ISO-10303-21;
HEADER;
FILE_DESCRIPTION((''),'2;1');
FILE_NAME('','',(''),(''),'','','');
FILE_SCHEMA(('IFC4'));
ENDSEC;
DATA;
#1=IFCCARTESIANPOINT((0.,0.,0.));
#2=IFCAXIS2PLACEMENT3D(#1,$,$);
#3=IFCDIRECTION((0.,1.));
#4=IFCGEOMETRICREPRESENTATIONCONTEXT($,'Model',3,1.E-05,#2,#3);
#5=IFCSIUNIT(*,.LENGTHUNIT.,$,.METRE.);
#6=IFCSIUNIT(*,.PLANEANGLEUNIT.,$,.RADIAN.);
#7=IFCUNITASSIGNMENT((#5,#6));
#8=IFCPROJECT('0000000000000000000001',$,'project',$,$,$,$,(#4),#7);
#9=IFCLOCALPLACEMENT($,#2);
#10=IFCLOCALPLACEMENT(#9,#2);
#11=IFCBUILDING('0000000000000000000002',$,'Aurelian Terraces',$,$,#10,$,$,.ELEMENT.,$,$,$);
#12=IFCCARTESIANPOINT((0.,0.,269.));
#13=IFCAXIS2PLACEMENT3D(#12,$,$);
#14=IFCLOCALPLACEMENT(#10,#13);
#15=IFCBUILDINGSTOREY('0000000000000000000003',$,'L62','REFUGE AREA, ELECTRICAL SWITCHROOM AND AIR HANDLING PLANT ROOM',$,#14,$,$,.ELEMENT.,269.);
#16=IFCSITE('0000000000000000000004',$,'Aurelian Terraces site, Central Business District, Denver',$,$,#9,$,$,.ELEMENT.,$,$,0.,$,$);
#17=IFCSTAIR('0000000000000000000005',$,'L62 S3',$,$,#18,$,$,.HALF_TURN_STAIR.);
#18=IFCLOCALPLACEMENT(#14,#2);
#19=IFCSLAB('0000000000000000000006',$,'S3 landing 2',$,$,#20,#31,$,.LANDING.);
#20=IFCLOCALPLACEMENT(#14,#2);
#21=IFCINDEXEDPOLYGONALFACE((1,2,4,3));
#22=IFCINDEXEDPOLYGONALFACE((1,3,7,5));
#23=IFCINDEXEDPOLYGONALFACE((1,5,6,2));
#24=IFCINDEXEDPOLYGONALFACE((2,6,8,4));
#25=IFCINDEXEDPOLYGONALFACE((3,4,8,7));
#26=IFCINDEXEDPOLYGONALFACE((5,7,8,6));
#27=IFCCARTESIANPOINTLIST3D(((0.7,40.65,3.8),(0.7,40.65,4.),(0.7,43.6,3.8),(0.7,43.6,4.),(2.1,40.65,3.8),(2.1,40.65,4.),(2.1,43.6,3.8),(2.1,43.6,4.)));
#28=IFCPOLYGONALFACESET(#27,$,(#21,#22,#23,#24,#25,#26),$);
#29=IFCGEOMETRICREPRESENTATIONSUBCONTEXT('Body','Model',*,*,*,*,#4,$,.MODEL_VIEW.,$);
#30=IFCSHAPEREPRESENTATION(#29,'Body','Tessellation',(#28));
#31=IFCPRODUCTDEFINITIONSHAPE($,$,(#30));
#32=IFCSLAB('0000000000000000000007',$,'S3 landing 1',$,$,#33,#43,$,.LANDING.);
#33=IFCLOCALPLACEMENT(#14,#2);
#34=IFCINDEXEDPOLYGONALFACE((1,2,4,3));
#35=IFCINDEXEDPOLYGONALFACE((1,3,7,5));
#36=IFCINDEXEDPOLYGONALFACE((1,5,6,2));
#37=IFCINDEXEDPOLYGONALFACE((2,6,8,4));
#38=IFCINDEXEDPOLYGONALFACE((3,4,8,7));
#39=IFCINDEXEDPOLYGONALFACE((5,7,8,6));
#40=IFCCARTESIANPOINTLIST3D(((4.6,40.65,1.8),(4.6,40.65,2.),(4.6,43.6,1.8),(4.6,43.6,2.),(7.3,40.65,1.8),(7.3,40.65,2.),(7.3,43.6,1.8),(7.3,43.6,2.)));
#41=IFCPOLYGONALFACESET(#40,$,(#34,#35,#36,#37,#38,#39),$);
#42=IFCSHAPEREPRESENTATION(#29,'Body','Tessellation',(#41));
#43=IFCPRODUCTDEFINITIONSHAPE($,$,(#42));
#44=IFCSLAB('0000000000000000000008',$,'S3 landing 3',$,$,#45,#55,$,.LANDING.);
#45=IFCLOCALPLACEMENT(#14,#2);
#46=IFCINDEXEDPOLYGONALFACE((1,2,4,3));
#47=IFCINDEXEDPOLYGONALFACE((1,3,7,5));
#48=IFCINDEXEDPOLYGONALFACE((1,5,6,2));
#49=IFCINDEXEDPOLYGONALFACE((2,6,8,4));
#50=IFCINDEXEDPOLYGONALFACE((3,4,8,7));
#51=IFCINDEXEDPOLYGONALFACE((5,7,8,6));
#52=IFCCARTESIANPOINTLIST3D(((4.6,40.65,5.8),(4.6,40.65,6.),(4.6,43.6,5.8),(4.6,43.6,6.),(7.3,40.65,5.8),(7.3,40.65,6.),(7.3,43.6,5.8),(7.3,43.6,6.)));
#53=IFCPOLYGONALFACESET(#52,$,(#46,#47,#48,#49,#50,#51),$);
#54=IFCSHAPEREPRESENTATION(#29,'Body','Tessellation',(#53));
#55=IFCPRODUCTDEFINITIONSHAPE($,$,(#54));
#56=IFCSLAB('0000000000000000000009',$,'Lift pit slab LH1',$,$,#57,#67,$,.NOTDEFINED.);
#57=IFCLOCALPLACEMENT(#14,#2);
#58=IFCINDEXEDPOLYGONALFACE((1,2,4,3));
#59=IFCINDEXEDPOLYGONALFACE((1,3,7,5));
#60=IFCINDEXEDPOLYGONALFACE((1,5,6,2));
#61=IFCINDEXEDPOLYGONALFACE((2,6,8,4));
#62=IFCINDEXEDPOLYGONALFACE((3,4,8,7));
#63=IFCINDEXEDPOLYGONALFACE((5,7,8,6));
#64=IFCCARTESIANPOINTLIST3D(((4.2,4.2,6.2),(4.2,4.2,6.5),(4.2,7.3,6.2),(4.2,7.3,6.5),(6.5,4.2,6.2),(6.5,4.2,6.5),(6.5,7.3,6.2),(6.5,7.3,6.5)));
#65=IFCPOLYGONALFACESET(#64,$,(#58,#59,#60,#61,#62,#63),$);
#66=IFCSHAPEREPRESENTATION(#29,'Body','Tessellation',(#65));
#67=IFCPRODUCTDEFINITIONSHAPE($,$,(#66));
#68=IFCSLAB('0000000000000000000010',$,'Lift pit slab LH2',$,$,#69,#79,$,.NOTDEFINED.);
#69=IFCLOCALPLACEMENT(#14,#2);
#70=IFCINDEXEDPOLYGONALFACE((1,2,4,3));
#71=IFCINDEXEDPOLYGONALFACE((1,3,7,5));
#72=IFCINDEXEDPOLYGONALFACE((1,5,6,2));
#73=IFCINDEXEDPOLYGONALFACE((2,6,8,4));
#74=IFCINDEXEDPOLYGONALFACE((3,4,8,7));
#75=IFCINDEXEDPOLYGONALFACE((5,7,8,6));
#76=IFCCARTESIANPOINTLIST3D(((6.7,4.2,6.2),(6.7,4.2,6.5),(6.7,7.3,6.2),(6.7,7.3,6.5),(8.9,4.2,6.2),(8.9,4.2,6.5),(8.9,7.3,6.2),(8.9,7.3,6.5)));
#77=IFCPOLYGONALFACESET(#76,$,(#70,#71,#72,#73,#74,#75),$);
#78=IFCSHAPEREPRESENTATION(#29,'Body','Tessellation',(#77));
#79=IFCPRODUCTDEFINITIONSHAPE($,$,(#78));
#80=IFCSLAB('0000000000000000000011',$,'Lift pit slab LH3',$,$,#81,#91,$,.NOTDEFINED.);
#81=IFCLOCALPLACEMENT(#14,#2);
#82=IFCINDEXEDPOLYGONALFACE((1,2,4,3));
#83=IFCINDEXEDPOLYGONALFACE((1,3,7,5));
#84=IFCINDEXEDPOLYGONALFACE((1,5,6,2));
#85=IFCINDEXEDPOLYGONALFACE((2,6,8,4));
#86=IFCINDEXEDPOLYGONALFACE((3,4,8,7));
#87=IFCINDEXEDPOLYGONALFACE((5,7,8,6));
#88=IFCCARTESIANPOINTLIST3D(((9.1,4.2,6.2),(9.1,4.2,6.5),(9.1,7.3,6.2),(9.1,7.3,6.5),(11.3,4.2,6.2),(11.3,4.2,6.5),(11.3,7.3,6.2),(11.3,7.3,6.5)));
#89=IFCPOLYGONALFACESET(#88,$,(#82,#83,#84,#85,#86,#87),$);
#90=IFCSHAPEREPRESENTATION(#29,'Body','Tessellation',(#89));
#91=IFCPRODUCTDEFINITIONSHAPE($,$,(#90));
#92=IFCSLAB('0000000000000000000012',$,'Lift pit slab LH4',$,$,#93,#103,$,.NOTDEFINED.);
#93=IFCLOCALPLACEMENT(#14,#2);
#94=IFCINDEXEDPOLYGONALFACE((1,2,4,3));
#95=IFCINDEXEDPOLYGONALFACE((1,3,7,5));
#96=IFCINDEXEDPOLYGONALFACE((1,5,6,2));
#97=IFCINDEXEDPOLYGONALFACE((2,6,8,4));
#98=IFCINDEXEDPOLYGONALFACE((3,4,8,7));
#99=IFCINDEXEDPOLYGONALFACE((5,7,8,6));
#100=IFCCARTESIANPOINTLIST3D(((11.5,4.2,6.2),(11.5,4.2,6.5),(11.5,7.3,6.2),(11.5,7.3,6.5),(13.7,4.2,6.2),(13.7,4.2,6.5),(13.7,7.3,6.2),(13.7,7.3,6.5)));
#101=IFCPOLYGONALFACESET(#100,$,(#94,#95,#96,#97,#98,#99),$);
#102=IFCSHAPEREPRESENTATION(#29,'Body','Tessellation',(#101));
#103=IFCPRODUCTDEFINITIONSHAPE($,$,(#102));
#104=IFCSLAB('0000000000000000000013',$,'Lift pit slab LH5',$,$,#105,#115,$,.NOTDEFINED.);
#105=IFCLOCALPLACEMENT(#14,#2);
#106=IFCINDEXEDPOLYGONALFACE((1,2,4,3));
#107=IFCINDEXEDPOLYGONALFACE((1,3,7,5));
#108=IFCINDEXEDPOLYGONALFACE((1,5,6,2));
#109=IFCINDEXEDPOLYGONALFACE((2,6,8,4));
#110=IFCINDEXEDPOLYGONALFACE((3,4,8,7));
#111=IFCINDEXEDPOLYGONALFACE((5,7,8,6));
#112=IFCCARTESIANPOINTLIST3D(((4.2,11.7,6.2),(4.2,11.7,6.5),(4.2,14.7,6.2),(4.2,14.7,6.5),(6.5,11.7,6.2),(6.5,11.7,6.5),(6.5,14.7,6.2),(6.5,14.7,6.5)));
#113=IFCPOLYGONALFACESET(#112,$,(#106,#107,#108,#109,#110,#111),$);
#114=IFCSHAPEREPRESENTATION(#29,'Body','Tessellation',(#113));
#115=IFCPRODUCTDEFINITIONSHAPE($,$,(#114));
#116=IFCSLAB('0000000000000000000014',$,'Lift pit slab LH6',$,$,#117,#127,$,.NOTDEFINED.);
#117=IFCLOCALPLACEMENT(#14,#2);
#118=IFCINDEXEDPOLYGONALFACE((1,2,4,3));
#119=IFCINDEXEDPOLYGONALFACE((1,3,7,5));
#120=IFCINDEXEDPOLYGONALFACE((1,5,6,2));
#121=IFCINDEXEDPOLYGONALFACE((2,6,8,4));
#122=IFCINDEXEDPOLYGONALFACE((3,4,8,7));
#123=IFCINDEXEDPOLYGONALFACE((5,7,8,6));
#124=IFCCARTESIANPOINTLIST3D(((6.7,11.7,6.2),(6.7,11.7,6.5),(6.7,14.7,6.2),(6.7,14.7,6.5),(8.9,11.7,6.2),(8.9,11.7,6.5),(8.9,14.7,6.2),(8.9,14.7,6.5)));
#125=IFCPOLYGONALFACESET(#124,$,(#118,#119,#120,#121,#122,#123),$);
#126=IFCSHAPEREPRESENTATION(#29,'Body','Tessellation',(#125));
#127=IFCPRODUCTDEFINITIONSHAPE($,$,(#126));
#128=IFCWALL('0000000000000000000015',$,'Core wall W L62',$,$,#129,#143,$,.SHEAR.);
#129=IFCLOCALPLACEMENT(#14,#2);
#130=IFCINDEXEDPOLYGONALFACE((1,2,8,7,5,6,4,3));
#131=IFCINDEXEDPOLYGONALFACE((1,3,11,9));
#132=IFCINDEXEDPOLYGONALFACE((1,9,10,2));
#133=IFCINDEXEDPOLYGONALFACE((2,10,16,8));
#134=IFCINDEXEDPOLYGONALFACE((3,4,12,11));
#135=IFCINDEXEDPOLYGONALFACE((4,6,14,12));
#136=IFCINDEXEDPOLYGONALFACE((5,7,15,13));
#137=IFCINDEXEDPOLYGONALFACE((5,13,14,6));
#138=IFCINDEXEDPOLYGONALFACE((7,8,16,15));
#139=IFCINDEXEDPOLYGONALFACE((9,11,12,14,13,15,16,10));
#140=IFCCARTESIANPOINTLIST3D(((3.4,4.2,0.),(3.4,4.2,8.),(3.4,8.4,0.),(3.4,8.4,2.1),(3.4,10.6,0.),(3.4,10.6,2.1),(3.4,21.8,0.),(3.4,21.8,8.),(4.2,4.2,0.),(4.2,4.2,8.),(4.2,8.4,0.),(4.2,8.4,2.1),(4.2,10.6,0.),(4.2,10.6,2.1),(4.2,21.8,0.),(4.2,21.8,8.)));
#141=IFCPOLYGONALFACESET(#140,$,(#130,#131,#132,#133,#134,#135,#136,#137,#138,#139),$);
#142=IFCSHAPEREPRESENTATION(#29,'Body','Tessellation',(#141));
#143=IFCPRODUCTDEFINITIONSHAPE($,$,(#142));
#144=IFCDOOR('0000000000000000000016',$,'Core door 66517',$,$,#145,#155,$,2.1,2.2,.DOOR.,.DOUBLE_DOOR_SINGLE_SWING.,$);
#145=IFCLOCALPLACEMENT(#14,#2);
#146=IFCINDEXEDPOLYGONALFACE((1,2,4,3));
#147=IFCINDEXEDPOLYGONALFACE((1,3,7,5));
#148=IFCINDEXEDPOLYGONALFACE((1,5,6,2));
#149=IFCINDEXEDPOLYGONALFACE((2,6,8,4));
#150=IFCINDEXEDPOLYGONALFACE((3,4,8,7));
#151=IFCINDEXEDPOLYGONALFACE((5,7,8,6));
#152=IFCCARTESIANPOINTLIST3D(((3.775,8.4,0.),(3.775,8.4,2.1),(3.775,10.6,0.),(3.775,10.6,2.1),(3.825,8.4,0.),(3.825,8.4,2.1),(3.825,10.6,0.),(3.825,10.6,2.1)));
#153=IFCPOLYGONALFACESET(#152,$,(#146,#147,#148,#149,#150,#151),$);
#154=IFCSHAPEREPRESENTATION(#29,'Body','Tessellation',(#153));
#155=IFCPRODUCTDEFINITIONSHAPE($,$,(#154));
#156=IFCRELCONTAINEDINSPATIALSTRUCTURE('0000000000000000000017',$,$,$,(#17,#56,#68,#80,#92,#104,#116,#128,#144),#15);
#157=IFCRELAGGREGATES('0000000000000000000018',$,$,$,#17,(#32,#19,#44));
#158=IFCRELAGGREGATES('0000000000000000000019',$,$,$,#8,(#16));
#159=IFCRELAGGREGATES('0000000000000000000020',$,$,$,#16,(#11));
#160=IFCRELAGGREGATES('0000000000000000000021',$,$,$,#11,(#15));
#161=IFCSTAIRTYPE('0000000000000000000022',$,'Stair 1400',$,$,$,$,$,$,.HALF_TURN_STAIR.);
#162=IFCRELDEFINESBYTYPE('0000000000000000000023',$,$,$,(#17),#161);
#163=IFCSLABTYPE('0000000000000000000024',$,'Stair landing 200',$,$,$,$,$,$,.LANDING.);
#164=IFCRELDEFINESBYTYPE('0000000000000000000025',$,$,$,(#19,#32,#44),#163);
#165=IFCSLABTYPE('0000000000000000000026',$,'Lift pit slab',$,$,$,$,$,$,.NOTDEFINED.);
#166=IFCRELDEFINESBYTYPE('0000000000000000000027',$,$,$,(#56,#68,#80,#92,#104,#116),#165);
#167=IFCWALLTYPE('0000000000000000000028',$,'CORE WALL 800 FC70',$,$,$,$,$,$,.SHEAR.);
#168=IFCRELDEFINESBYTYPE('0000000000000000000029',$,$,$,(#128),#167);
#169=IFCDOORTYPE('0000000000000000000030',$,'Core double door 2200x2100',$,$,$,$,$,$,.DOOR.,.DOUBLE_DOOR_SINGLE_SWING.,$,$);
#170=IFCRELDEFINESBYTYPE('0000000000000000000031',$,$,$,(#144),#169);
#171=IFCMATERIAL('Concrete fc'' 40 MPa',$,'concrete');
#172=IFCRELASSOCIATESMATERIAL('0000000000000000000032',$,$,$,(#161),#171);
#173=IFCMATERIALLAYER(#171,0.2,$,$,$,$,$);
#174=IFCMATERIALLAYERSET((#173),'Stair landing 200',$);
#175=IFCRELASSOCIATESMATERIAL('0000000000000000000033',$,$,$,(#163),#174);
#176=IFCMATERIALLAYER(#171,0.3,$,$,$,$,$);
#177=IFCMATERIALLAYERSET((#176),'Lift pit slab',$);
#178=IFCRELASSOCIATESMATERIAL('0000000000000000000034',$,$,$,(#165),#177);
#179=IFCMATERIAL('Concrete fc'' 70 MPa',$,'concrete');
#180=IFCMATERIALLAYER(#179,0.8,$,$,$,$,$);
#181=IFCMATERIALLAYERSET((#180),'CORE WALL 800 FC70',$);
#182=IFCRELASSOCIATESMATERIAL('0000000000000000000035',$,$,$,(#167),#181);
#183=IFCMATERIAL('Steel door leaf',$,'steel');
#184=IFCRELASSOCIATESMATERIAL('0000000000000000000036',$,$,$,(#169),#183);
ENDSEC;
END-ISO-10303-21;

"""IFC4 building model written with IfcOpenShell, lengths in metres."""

from ifc_helpers import new_model, si_unit, direction, frame, frame_2d, origin, place, context, subcontext, project, spatial, polyline, rectangle, outline, extrude, source, transform, mapped, material, layer, layer_set, type_object, element, fill, aggregate, save


model = new_model("IFC4")

# Units and contexts
model_context = context("Model", 3, precision=1e-05, world=origin(), true_north=direction((0.0, 1.0)))
body_context = subcontext(model_context, "Body", "Model", "MODEL_VIEW")
ifc_project = project(units=[si_unit("LENGTHUNIT", "METRE"), si_unit("PLANEANGLEUNIT", "RADIAN")], contexts=[model_context])

# Site, building, storey
site_placement = place(None, origin())
site = spatial("IfcSite", under=ifc_project, at=site_placement, Name="Aurelian Terraces site, Central Business District, Denver", CompositionType="ELEMENT", RefElevation=0.0)
building_placement = place(site_placement, origin())
building = spatial("IfcBuilding", under=site, at=building_placement, Name="Aurelian Terraces", CompositionType="ELEMENT")
storey_placement = place(building_placement, frame((0.0, 0.0, 269.0)))
storey = spatial("IfcBuildingStorey", under=building, at=storey_placement, Name="L62", Description="REFUGE AREA, ELECTRICAL SWITCHROOM AND AIR HANDLING PLANT ROOM", CompositionType="ELEMENT", Elevation=269.0)

# Shared definitions
ifc_material_1 = material(Name="Concrete fc' 70 MPa", Category="concrete")

# Shared definitions
ifc_material_2 = material(Name="Concrete fc' 40 MPa", Category="concrete")

# Stair, slabs
stair_type = type_object("IfcStairType", Name="Stair 1400", PredefinedType="HALF_TURN_STAIR", material=ifc_material_2)
ifc_layer_1 = layer(ifc_material_2, 0.2)
ifc_layer_set_1 = layer_set([ifc_layer_1], Name="Stair landing 200")
slab_type_1 = type_object("IfcSlabType", Name="Stair landing 200", PredefinedType="LANDING", material=ifc_layer_set_1)
stair_1_placement = place(storey_placement, origin())
stair_1 = element("IfcStair", 1, at=stair_1_placement, inside=storey, type_object=stair_type, Name="L62 S3", PredefinedType="HALF_TURN_STAIR")
shared_shape_1 = source(origin(), body_context, "Body", "SweptSolid", [
    extrude(outline(polyline([(0.7, 40.65), (2.1, 40.65), (2.1, 43.6), (0.7, 43.6), (0.7, 40.65)])), origin(), (0.0, 0.0, 1.0), 0.2),
])
slab_1_placement = place(storey_placement, frame((0.0, 0.0, 3.8)))
slab_1 = element("IfcSlab", 2, at=slab_1_placement, type_object=slab_type_1, Name="S3 landing 2", PredefinedType="LANDING", context=body_context, shape_type="MappedRepresentation", body=[
    mapped(shared_shape_1, transform((0.0, 0.0, 0.0), scale=1.0)),
])
shared_shape_2 = source(origin(), body_context, "Body", "SweptSolid", [
    extrude(outline(polyline([(4.6, 40.65), (7.3, 40.65), (7.3, 43.6), (4.6, 43.6), (4.6, 40.65)])), origin(), (0.0, 0.0, 1.0), 0.2),
])
slab_2_placement = place(storey_placement, frame((0.0, 0.0, 1.8)))
slab_2 = element("IfcSlab", 3, at=slab_2_placement, type_object=slab_type_1, Name="S3 landing 1", PredefinedType="LANDING", context=body_context, shape_type="MappedRepresentation", body=[
    mapped(shared_shape_2, transform((0.0, 0.0, 0.0), scale=1.0)),
])
slab_3_placement = place(storey_placement, frame((0.0, 0.0, 5.8)))
slab_3 = element("IfcSlab", 4, at=slab_3_placement, type_object=slab_type_1, Name="S3 landing 3", PredefinedType="LANDING", context=body_context, shape_type="MappedRepresentation", body=[
    mapped(shared_shape_2, transform((0.0, 0.0, 0.0), scale=1.0)),
])
aggregate(stair_1, [slab_2, slab_1, slab_3])

# Slabs
ifc_layer_2 = layer(ifc_material_2, 0.3)
ifc_layer_set_2 = layer_set([ifc_layer_2], Name="Lift pit slab")
slab_type_2 = type_object("IfcSlabType", Name="Lift pit slab", PredefinedType="NOTDEFINED", material=ifc_layer_set_2)
shared_shape_3 = source(origin(), body_context, "Body", "SweptSolid", [
    extrude(outline(polyline([(4.2, 4.2), (6.5, 4.2), (6.5, 7.3), (4.2, 7.3), (4.2, 4.2)])), origin(), (0.0, 0.0, 1.0), 0.3),
])
slab_4_placement = place(storey_placement, frame((0.0, 0.0, 6.2)))
element("IfcSlab", 5, at=slab_4_placement, inside=storey, type_object=slab_type_2, Name="Lift pit slab LH1", PredefinedType="NOTDEFINED", context=body_context, shape_type="MappedRepresentation", body=[
    mapped(shared_shape_3, transform((0.0, 0.0, 0.0), scale=1.0)),
])
shared_shape_4 = source(origin(), body_context, "Body", "SweptSolid", [
    extrude(outline(polyline([(6.7, 4.2), (8.9, 4.2), (8.9, 7.3), (6.7, 7.3), (6.7, 4.2)])), origin(), (0.0, 0.0, 1.0), 0.3),
])
slab_5_placement = place(storey_placement, frame((0.0, 0.0, 6.2)))
element("IfcSlab", 6, at=slab_5_placement, inside=storey, type_object=slab_type_2, Name="Lift pit slab LH2", PredefinedType="NOTDEFINED", context=body_context, shape_type="MappedRepresentation", body=[
    mapped(shared_shape_4, transform((0.0, 0.0, 0.0), scale=1.0)),
])
shared_shape_5 = source(origin(), body_context, "Body", "SweptSolid", [
    extrude(outline(polyline([(9.1, 4.2), (11.3, 4.2), (11.3, 7.3), (9.1, 7.3), (9.1, 4.2)])), origin(), (0.0, 0.0, 1.0), 0.3),
])
slab_6_placement = place(storey_placement, frame((0.0, 0.0, 6.2)))
element("IfcSlab", 7, at=slab_6_placement, inside=storey, type_object=slab_type_2, Name="Lift pit slab LH3", PredefinedType="NOTDEFINED", context=body_context, shape_type="MappedRepresentation", body=[
    mapped(shared_shape_5, transform((0.0, 0.0, 0.0), scale=1.0)),
])
shared_shape_6 = source(origin(), body_context, "Body", "SweptSolid", [
    extrude(outline(polyline([(11.5, 4.2), (13.7, 4.2), (13.7, 7.3), (11.5, 7.3), (11.5, 4.2)])), origin(), (0.0, 0.0, 1.0), 0.3),
])
slab_7_placement = place(storey_placement, frame((0.0, 0.0, 6.2)))
element("IfcSlab", 8, at=slab_7_placement, inside=storey, type_object=slab_type_2, Name="Lift pit slab LH4", PredefinedType="NOTDEFINED", context=body_context, shape_type="MappedRepresentation", body=[
    mapped(shared_shape_6, transform((0.0, 0.0, 0.0), scale=1.0)),
])
shared_shape_7 = source(origin(), body_context, "Body", "SweptSolid", [
    extrude(outline(polyline([(4.2, 11.7), (6.5, 11.7), (6.5, 14.7), (4.2, 14.7), (4.2, 11.7)])), origin(), (0.0, 0.0, 1.0), 0.3),
])
slab_8_placement = place(storey_placement, frame((0.0, 0.0, 6.2)))
element("IfcSlab", 9, at=slab_8_placement, inside=storey, type_object=slab_type_2, Name="Lift pit slab LH5", PredefinedType="NOTDEFINED", context=body_context, shape_type="MappedRepresentation", body=[
    mapped(shared_shape_7, transform((0.0, 0.0, 0.0), scale=1.0)),
])
shared_shape_8 = source(origin(), body_context, "Body", "SweptSolid", [
    extrude(outline(polyline([(6.7, 11.7), (8.9, 11.7), (8.9, 14.7), (6.7, 14.7), (6.7, 11.7)])), origin(), (0.0, 0.0, 1.0), 0.3),
])
slab_9_placement = place(storey_placement, frame((0.0, 0.0, 6.2)))
element("IfcSlab", 10, at=slab_9_placement, inside=storey, type_object=slab_type_2, Name="Lift pit slab LH6", PredefinedType="NOTDEFINED", context=body_context, shape_type="MappedRepresentation", body=[
    mapped(shared_shape_8, transform((0.0, 0.0, 0.0), scale=1.0)),
])

# Wall, opening, door
ifc_layer_3 = layer(ifc_material_1, 0.8)
ifc_layer_set_3 = layer_set([ifc_layer_3], Name="CORE WALL 800 FC70")
wall_type_1 = type_object("IfcWallType", Name="CORE WALL 800 FC70", PredefinedType="SHEAR", material=ifc_layer_set_3)
wall_1_placement = place(storey_placement, frame((3.8, 4.2, 0.0), z_axis=(0.0, 0.0, 1.0), x_axis=(0.0, 1.0, 0.0)))
wall_1 = element("IfcWall", 11, at=wall_1_placement, inside=storey, type_object=wall_type_1, Name="Core wall W L62", PredefinedType="SHEAR", context=body_context, shape_type="SweptSolid", body=[
    extrude(rectangle(XDim=17.6, YDim=0.8, at=frame_2d((8.8, 0.0))), origin(), (0.0, 0.0, 1.0), 8.0),
])
shared_shape_9 = source(origin(), body_context, "Body", "SweptSolid", [
    extrude(rectangle(XDim=2.2, YDim=2.1, at=frame_2d((1.1, 1.05))), frame((0.0, 0.41, 0.0), z_axis=(0.0, -1.0, 0.0), x_axis=(1.0, 0.0, 0.0)), (0.0, 0.0, 1.0), 0.82),
])
opening_1_placement = place(wall_1_placement, frame((4.2, 0.0, 0.0)))
opening_1 = element("IfcOpeningElement", 12, at=opening_1_placement, cuts=wall_1, PredefinedType="OPENING", context=body_context, shape_type="MappedRepresentation", body=[
    mapped(shared_shape_9, transform((0.0, 0.0, 0.0), scale=1.0)),
])
ifc_material_3 = material(Name="Steel door leaf", Category="steel")
door_type_1 = type_object("IfcDoorType", Name="Core double door 2200x2100", OperationType="DOUBLE_DOOR_SINGLE_SWING", PredefinedType="DOOR", material=ifc_material_3)
shared_shape_10 = source(origin(), body_context, "Body", "SweptSolid", [
    extrude(rectangle(XDim=2.2, YDim=2.1, at=frame_2d((1.1, 1.05))), frame((0.0, 0.025, 0.0), z_axis=(0.0, -1.0, 0.0), x_axis=(1.0, 0.0, 0.0)), (0.0, 0.0, 1.0), 0.05),
])
door_1_placement = place(opening_1_placement, origin())
door_1 = element("IfcDoor", 13, at=door_1_placement, inside=storey, type_object=door_type_1, Name="Core door 66517", OperationType="DOUBLE_DOOR_SINGLE_SWING", OverallHeight=2.1, OverallWidth=2.2, PredefinedType="DOOR", context=body_context, shape_type="MappedRepresentation", body=[
    mapped(shared_shape_10, transform((0.0, 0.0, 0.0), scale=1.0)),
])
fill(opening_1, door_1)

save(model, "model.ifc")
